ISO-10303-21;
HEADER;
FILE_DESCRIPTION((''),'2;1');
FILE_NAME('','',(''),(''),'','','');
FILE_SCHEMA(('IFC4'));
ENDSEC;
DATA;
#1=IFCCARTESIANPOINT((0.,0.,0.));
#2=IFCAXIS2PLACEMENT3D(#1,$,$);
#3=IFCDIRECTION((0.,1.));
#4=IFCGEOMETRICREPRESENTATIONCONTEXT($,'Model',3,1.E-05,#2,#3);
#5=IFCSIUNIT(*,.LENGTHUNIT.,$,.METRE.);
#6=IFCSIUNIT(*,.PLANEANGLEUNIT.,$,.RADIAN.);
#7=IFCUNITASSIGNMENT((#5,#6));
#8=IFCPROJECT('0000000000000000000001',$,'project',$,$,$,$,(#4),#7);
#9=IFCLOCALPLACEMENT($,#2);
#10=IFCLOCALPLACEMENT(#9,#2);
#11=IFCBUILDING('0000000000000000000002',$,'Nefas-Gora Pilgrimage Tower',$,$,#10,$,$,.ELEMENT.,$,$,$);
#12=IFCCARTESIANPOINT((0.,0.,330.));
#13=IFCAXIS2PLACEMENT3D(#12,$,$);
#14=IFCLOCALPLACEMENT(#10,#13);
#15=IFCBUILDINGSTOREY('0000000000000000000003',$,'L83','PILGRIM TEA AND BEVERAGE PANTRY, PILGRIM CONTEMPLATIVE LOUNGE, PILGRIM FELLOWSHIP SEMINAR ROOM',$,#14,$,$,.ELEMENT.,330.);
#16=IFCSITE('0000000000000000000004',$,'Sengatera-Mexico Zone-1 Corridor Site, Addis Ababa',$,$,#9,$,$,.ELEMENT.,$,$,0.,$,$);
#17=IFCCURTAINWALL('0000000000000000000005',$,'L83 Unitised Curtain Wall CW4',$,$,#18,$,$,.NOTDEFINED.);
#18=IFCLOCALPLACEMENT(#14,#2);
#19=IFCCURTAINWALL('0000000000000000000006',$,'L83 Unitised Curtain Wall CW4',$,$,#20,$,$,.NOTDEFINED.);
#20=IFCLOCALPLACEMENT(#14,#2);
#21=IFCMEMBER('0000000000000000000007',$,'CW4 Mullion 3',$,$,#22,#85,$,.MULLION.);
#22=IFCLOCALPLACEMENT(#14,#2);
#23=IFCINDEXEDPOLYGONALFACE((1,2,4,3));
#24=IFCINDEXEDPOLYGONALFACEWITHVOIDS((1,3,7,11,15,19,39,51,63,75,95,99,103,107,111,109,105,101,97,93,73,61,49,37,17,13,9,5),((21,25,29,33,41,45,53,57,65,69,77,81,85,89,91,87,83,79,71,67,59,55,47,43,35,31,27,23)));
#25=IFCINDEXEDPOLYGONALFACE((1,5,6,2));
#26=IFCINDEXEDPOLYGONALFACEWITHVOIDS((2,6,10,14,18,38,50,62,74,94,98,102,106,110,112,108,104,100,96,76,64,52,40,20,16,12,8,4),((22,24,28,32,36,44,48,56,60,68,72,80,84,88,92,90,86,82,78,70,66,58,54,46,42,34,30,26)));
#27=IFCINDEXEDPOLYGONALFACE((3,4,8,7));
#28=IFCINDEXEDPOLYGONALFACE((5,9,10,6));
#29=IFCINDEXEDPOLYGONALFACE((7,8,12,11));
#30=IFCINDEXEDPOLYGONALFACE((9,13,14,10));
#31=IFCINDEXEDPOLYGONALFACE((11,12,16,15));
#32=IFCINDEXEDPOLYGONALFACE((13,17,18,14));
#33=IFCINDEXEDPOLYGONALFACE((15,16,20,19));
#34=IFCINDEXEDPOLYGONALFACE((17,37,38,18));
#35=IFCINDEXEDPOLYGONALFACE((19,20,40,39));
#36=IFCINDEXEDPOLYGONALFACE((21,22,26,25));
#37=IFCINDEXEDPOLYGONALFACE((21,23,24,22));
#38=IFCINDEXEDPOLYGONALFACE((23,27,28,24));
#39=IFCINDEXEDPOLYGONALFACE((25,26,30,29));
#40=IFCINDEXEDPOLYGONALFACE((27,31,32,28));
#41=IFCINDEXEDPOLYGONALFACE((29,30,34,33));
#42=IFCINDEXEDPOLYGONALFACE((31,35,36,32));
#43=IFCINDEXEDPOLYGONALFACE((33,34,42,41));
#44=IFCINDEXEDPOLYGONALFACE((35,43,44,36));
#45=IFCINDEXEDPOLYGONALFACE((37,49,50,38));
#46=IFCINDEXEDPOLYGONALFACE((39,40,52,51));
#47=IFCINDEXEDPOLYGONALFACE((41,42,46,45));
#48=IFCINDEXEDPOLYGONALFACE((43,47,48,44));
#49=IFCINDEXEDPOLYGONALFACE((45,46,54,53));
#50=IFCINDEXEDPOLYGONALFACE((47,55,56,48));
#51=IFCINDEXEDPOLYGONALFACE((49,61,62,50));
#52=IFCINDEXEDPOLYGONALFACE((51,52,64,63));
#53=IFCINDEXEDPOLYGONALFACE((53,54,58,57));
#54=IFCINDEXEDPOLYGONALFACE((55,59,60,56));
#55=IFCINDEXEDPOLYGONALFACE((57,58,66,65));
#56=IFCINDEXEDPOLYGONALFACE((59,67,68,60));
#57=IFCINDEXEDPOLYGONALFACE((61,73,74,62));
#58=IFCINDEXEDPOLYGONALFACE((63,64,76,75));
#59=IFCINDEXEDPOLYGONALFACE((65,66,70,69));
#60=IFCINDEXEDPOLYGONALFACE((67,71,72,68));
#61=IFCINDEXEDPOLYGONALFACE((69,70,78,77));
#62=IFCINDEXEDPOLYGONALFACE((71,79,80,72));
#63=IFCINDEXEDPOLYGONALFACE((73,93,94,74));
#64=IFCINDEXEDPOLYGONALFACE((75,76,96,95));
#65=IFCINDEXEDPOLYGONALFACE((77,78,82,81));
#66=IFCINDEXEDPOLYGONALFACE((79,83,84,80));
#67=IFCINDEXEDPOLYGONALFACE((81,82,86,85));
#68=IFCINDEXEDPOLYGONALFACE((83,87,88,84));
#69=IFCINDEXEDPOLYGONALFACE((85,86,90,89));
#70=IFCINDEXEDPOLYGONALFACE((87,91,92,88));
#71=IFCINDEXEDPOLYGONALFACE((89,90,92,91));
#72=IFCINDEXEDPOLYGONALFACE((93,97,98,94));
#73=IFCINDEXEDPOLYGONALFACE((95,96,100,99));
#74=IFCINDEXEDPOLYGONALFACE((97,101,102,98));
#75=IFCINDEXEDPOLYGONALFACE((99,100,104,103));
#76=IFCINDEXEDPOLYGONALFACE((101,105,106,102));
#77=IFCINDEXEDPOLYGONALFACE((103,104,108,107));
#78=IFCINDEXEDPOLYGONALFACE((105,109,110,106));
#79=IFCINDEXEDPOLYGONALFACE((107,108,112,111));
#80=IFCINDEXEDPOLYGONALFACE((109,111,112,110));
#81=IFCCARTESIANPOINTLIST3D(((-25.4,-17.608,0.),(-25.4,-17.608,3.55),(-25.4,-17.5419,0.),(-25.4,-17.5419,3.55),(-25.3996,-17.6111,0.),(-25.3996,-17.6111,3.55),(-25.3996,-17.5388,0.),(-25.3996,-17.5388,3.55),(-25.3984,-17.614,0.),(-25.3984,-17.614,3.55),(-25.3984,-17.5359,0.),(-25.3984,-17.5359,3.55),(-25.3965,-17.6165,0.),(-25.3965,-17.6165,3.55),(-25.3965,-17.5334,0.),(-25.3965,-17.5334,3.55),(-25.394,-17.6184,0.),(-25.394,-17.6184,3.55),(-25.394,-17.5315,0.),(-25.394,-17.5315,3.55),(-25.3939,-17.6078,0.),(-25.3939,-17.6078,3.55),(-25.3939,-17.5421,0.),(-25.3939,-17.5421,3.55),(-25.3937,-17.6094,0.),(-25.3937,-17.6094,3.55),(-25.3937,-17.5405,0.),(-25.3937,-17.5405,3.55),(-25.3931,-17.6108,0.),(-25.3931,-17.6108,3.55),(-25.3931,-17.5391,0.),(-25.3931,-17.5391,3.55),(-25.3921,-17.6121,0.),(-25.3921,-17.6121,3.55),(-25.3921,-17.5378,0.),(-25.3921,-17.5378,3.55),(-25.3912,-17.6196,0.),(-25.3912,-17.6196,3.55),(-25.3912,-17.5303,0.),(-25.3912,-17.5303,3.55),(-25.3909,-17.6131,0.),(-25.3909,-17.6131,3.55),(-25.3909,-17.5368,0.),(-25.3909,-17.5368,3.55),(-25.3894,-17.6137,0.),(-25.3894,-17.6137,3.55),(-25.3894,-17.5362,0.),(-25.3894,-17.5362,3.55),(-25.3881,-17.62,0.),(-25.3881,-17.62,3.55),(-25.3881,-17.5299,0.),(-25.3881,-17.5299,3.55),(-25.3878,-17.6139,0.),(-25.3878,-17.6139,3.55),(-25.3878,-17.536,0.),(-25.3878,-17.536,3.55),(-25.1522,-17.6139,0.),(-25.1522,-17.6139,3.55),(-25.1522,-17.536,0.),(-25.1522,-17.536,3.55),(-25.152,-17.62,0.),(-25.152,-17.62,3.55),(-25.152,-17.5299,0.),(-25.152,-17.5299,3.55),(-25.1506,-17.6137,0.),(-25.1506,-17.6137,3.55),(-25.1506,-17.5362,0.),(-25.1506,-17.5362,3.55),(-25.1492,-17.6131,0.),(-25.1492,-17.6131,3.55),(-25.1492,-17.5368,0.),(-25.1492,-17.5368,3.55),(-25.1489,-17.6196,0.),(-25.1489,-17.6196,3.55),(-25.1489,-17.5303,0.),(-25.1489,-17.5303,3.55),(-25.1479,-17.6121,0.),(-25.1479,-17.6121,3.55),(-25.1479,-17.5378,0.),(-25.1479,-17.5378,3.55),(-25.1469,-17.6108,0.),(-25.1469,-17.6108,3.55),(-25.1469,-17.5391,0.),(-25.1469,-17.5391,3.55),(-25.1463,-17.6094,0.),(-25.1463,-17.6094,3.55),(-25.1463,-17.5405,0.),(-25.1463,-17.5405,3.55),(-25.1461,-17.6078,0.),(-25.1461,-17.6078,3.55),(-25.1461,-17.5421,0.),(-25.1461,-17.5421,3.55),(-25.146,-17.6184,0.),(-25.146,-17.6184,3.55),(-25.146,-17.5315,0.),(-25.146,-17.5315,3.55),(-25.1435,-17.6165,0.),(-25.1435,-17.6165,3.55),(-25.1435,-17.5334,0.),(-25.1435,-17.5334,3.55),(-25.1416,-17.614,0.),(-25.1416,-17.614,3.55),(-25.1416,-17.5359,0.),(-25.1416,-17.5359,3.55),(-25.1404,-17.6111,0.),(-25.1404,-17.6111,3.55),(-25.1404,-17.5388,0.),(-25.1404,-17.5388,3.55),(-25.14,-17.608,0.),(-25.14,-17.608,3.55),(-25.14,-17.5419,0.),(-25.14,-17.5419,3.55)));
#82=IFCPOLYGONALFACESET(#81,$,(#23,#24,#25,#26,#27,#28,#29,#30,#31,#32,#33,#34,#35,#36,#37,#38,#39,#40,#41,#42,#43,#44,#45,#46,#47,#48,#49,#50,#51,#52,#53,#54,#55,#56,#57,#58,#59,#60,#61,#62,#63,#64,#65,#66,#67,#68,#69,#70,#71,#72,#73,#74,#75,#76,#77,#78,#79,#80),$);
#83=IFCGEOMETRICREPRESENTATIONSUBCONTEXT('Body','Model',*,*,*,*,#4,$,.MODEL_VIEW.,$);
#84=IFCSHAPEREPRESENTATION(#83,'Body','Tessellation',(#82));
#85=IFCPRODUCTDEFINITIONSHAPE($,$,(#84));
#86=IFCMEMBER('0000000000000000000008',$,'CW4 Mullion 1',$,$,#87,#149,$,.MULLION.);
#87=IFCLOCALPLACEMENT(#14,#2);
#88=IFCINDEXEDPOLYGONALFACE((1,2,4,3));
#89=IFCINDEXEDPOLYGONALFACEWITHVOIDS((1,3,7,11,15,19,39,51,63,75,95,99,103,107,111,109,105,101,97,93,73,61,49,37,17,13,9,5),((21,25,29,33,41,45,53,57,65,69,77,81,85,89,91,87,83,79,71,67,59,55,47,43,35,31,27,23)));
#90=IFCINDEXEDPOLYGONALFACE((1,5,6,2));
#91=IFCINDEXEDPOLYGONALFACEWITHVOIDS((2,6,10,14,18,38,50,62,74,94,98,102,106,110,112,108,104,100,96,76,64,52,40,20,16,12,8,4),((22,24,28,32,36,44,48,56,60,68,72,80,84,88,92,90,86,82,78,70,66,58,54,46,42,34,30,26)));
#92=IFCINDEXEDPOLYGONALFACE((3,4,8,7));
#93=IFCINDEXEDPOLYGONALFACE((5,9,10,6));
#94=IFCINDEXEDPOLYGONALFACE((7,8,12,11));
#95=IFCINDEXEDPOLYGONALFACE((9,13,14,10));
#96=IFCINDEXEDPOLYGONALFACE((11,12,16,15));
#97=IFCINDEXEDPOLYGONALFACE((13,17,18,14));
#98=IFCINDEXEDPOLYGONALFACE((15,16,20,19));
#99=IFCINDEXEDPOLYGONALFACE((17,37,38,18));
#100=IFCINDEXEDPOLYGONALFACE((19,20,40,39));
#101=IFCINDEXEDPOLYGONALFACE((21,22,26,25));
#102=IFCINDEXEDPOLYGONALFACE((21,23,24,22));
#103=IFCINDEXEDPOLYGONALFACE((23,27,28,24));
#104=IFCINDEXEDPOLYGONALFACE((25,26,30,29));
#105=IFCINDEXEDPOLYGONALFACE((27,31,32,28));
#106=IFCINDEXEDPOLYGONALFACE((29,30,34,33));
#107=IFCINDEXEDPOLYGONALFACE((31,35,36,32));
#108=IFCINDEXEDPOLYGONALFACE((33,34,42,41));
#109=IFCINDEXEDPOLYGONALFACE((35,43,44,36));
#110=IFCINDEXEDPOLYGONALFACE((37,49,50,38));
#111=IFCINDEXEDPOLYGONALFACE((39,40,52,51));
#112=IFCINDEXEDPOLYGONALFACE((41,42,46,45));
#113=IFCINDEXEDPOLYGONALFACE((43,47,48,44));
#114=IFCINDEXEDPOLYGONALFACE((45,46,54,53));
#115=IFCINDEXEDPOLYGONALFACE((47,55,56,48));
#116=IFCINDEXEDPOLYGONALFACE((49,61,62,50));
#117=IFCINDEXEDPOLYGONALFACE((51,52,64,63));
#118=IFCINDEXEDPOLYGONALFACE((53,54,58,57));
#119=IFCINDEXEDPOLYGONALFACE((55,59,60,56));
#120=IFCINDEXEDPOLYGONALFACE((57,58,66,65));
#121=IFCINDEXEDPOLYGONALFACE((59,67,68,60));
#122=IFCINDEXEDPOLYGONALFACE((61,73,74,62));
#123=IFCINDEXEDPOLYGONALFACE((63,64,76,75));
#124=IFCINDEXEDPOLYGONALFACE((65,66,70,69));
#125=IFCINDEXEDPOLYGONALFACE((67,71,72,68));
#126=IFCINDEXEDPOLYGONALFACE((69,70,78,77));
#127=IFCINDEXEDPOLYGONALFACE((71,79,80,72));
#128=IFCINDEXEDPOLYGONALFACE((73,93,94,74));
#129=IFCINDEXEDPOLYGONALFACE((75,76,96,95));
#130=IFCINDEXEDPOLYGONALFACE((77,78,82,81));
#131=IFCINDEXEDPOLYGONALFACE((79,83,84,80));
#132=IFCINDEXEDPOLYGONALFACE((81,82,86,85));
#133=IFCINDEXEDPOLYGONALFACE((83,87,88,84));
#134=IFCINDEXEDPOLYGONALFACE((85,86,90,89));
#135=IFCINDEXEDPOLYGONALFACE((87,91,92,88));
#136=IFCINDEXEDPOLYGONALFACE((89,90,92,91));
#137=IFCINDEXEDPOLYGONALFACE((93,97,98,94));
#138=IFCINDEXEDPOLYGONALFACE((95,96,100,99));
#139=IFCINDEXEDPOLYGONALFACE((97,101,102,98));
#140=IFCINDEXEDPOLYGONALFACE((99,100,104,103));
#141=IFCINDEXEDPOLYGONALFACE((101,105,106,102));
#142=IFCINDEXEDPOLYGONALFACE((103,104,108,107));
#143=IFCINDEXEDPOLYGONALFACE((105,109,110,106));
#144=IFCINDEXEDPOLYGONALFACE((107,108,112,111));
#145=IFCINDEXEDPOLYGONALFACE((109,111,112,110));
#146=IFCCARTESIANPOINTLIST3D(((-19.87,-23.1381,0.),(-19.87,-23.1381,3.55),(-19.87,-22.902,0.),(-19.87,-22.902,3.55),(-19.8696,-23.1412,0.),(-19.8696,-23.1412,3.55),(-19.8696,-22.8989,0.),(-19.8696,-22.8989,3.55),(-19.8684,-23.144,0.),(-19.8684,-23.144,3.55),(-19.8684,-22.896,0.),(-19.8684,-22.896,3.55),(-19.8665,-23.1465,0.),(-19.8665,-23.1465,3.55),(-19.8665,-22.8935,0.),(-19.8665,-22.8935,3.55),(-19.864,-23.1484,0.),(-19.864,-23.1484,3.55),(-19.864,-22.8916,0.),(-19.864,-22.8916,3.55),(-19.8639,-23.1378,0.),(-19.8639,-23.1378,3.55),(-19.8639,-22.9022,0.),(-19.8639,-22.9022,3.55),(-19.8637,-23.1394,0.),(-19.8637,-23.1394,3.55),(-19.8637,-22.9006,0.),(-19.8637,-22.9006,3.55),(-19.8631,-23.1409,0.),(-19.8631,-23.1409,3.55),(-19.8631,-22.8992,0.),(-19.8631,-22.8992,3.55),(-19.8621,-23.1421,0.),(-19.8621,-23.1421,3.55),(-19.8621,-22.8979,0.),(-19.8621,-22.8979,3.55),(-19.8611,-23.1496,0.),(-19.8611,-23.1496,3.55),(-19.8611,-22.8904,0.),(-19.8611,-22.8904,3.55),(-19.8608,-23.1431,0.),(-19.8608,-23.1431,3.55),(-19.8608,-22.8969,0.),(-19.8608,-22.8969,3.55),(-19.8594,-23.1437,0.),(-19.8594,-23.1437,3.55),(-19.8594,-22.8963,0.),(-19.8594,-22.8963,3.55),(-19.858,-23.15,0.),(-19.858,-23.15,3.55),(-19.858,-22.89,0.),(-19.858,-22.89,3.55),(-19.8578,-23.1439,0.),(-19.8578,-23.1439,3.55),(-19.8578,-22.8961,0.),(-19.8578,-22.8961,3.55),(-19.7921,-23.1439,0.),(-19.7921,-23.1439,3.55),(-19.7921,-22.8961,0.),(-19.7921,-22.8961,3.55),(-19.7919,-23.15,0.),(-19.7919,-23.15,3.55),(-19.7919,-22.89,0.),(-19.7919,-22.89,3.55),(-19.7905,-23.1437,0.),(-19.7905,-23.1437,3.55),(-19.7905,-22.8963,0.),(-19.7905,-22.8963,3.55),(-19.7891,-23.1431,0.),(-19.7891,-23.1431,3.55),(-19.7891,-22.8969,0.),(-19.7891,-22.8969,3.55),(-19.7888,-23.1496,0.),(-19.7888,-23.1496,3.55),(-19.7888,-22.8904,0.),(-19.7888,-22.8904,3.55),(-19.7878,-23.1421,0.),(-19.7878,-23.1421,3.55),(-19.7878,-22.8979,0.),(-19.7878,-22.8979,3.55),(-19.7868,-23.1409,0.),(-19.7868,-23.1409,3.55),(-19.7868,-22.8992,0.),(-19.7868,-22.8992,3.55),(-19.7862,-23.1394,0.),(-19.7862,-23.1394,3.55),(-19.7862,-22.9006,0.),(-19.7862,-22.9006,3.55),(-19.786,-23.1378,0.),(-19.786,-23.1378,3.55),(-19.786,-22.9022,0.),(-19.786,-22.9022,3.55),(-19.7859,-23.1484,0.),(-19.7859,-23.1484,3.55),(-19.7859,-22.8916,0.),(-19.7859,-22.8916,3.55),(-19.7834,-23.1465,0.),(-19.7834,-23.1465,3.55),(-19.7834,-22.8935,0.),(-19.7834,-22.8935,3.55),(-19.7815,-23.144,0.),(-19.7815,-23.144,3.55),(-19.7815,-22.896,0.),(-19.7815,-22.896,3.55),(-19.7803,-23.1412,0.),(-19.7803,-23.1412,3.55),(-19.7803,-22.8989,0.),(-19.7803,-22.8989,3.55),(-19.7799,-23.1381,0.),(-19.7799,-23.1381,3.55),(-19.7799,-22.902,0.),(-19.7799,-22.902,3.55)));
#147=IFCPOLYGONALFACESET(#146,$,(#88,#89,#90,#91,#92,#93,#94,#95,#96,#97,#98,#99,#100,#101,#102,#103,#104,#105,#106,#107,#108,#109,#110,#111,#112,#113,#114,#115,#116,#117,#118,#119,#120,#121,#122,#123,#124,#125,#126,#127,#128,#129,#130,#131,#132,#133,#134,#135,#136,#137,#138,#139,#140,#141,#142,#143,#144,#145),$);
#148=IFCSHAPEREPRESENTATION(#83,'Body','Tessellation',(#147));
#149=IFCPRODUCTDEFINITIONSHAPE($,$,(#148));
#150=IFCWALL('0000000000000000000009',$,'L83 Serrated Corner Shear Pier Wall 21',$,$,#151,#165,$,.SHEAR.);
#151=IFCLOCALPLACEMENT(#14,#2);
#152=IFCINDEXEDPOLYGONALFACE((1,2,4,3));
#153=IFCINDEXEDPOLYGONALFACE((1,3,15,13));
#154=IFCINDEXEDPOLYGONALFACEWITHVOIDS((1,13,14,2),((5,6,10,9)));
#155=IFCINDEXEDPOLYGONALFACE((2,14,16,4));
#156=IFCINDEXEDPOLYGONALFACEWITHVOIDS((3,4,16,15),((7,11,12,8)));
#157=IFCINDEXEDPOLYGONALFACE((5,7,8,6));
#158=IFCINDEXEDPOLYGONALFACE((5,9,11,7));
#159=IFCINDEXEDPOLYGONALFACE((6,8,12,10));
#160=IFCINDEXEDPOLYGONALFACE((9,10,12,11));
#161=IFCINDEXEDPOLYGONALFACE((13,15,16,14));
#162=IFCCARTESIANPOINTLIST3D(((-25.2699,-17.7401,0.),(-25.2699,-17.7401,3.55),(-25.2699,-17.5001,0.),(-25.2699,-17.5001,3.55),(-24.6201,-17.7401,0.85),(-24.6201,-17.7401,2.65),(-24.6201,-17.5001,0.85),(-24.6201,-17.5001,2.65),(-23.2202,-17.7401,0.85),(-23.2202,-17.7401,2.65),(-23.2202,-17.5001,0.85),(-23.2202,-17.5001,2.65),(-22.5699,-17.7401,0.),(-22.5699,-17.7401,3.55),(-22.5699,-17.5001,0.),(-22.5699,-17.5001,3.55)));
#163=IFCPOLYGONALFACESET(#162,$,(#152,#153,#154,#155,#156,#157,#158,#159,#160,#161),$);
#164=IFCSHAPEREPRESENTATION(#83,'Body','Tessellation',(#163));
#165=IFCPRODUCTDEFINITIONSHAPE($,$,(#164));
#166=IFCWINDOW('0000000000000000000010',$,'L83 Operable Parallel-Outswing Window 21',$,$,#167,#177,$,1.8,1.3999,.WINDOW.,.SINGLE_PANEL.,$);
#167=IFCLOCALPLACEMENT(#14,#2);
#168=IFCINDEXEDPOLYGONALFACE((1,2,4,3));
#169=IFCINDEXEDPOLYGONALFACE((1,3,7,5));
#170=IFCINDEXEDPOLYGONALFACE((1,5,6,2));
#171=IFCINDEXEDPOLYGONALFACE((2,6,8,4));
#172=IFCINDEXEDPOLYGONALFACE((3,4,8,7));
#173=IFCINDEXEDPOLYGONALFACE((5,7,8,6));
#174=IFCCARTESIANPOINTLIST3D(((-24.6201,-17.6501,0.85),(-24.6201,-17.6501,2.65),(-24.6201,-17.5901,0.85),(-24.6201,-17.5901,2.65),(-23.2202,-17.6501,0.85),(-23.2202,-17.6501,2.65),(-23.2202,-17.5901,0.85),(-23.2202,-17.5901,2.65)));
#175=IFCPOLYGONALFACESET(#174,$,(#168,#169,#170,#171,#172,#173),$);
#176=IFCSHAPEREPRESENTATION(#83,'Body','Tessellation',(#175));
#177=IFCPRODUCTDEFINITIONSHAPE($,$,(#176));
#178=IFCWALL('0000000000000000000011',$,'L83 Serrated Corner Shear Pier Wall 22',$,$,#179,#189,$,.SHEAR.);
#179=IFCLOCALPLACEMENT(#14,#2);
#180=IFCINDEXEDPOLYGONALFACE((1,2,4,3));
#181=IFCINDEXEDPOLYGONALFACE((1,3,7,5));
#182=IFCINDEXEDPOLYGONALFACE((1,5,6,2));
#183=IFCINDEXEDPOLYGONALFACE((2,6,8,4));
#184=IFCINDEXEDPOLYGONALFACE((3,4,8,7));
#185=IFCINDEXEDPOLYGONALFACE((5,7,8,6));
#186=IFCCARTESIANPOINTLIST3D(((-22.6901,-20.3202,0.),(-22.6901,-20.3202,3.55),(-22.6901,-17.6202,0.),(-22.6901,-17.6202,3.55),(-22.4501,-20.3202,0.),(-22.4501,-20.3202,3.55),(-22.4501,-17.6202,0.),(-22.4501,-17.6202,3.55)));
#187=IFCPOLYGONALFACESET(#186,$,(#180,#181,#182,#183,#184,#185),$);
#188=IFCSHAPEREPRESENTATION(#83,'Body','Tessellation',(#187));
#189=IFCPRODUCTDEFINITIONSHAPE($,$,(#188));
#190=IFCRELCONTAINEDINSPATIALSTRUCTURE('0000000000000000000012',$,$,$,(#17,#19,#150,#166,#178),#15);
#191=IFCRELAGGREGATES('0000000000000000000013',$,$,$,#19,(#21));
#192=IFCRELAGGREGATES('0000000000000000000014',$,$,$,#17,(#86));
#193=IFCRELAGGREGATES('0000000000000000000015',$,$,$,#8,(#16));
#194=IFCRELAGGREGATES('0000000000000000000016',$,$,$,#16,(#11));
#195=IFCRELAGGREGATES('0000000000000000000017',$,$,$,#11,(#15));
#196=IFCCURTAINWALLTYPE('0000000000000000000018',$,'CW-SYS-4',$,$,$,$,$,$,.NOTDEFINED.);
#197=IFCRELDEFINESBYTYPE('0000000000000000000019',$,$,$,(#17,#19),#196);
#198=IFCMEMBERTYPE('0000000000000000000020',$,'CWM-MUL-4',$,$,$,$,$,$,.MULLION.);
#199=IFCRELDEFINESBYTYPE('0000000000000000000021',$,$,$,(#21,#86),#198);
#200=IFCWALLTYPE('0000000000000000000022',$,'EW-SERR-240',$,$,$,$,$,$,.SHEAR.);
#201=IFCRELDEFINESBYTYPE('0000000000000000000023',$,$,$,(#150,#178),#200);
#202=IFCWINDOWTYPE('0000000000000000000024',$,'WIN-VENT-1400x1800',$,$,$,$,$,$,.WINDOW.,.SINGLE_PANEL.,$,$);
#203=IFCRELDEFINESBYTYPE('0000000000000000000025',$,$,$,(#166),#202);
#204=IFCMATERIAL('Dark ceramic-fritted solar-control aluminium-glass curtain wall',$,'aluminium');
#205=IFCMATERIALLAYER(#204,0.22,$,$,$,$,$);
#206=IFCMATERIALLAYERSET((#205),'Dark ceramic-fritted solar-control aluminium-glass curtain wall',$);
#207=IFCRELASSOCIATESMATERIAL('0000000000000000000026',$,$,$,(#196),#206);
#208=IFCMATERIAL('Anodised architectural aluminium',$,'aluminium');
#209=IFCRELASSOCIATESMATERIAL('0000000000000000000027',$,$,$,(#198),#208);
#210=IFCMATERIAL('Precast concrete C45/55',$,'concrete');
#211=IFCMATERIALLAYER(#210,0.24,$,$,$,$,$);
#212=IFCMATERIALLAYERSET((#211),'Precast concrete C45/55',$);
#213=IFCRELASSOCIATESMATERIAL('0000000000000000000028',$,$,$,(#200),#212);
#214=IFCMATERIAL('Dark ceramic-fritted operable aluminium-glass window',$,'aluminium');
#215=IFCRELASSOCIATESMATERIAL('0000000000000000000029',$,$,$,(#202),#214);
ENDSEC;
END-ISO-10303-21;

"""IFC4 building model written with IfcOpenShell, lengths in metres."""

from ifc_helpers import new_model, si_unit, direction, frame, frame_2d, origin, origin_2d, place, context, subcontext, project, spatial, rectangle, hollow_rectangle, extrude, source, transform, mapped, material, layer, layer_set, material_profile, profile_set, type_object, element, fill, aggregate, save


model = new_model("IFC4")

# Units and contexts
model_context = context("Model", 3, precision=1e-05, world=origin(), true_north=direction((0.0, 1.0)))
body_context = subcontext(model_context, "Body", "Model", "MODEL_VIEW")
ifc_project = project(units=[si_unit("LENGTHUNIT", "METRE"), si_unit("PLANEANGLEUNIT", "RADIAN")], contexts=[model_context])

# Site, building, storey
site_placement = place(None, origin())
site = spatial("IfcSite", under=ifc_project, at=site_placement, Name="Sengatera-Mexico Zone-1 Corridor Site, Addis Ababa", CompositionType="ELEMENT", RefElevation=0.0)
building_placement = place(site_placement, origin())
building = spatial("IfcBuilding", under=site, at=building_placement, Name="Nefas-Gora Pilgrimage Tower", CompositionType="ELEMENT")
storey_placement = place(building_placement, frame((0.0, 0.0, 330.0)))
storey = spatial("IfcBuildingStorey", under=building, at=storey_placement, Name="L83", Description="PILGRIM TEA AND BEVERAGE PANTRY, PILGRIM CONTEMPLATIVE LOUNGE, PILGRIM FELLOWSHIP SEMINAR ROOM", CompositionType="ELEMENT", Elevation=330.0)

# Curtain walls, member
ifc_material_1 = material(Name="Dark ceramic-fritted solar-control aluminium-glass curtain wall", Category="aluminium")
ifc_layer_1 = layer(ifc_material_1, 0.22)
ifc_layer_set_1 = layer_set([ifc_layer_1], Name="Dark ceramic-fritted solar-control aluminium-glass curtain wall")
curtain_wall_type = type_object("IfcCurtainWallType", Name="CW-SYS-4", PredefinedType="NOTDEFINED", material=ifc_layer_set_1)
curtain_wall_1_placement = place(storey_placement, origin())
curtain_wall_1 = element("IfcCurtainWall", 1, at=curtain_wall_1_placement, inside=storey, type_object=curtain_wall_type, Name="L83 Unitised Curtain Wall CW4", PredefinedType="NOTDEFINED")
ifc_material_2 = material(Name="Anodised architectural aluminium", Category="aluminium")
curtain_wall_2_placement = place(storey_placement, origin())
curtain_wall_2 = element("IfcCurtainWall", 2, at=curtain_wall_2_placement, inside=storey, type_object=curtain_wall_type, Name="L83 Unitised Curtain Wall CW4", PredefinedType="NOTDEFINED")
ifc_material_profile_1 = material_profile(ifc_material_2, hollow_rectangle(XDim=0.0901, YDim=0.26, WallThickness=0.0061, InnerFilletRadius=0.0061, OuterFilletRadius=0.012, at=origin_2d()), Name="ALU MULLION 90x260")
ifc_profile_set_1 = profile_set([ifc_material_profile_1], Name="Anodised architectural aluminium")
member_type_1 = type_object("IfcMemberType", Name="CWM-MUL-4", PredefinedType="MULLION", material=ifc_profile_set_1)
shared_shape_1 = source(origin(), body_context, "Body", "SweptSolid", [
    extrude(hollow_rectangle(XDim=0.0901, YDim=0.26, WallThickness=0.0061, InnerFilletRadius=0.0061, OuterFilletRadius=0.012, at=origin_2d()), origin(), (0.0, 0.0, 1.0), 3.55),
])
member_1_placement = place(storey_placement, frame((-25.27, -17.575, 0.0), z_axis=(0.0, 0.0, 1.0), x_axis=(0.0, -1.0, 0.0)))
member_1 = element("IfcMember", 3, at=member_1_placement, type_object=member_type_1, Name="CW4 Mullion 3", PredefinedType="MULLION", context=body_context, shape_type="MappedRepresentation", body=[
    mapped(shared_shape_1, transform((0.0, 0.0, 0.0), x_axis=(1.0, 0.0, 0.0), y_axis=(0.0, 1.0, 0.0), z_axis=(0.0, 0.0, 1.0), scale=1.0)),
])
aggregate(curtain_wall_2, [member_1])

# Member
member_2_placement = place(storey_placement, frame((-19.825, -23.02, 0.0), z_axis=(0.0, 0.0, 1.0), x_axis=(1.0, 0.0, 0.0)))
member_2 = element("IfcMember", 4, at=member_2_placement, type_object=member_type_1, Name="CW4 Mullion 1", PredefinedType="MULLION", context=body_context, shape_type="MappedRepresentation", body=[
    mapped(shared_shape_1, transform((0.0, 0.0, 0.0), x_axis=(1.0, 0.0, 0.0), y_axis=(0.0, 1.0, 0.0), z_axis=(0.0, 0.0, 1.0), scale=1.0)),
])
aggregate(curtain_wall_1, [member_2])

# Wall, opening, window
ifc_material_3 = material(Name="Precast concrete C45/55", Category="concrete")
ifc_layer_2 = layer(ifc_material_3, 0.24)
ifc_layer_set_2 = layer_set([ifc_layer_2], Name="Precast concrete C45/55")
wall_type_1 = type_object("IfcWallType", Name="EW-SERR-240", PredefinedType="SHEAR", material=ifc_layer_set_2)
shared_shape_2 = source(origin(), body_context, "Body", "SweptSolid", [
    extrude(rectangle(XDim=2.7, YDim=0.24, at=frame_2d((1.3501, 0.0))), origin(), (0.0, 0.0, 1.0), 3.55),
])
wall_1_placement = place(storey_placement, frame((-25.27, -17.6201, 0.0), z_axis=(0.0, 0.0, 1.0), x_axis=(1.0, 0.0, 0.0)))
wall_1 = element("IfcWall", 5, at=wall_1_placement, inside=storey, type_object=wall_type_1, Name="L83 Serrated Corner Shear Pier Wall 21", PredefinedType="SHEAR", context=body_context, shape_type="MappedRepresentation", body=[
    mapped(shared_shape_2, transform((0.0, 0.0, 0.0), x_axis=(1.0, 0.0, 0.0), y_axis=(0.0, 1.0, 0.0), z_axis=(0.0, 0.0, 1.0), scale=1.0)),
])
opening_1_placement = place(wall_1_placement, frame((0.6499, 0.0, 0.8501)))
opening_1 = element("IfcOpeningElement", 6, at=opening_1_placement, cuts=wall_1, PredefinedType="OPENING", context=body_context, shape_type="SweptSolid", body=[
    extrude(rectangle(XDim=1.3999, YDim=1.8, at=frame_2d((0.7, 0.8999))), frame((0.0, 0.1299, 0.0), z_axis=(0.0, -1.0, 0.0), x_axis=(1.0, 0.0, 0.0)), (0.0, 0.0, 1.0), 0.26),
])
ifc_material_4 = material(Name="Dark ceramic-fritted operable aluminium-glass window", Category="aluminium")
window_type = type_object("IfcWindowType", Name="WIN-VENT-1400x1800", PartitioningType="SINGLE_PANEL", PredefinedType="WINDOW", material=ifc_material_4)
shared_shape_3 = source(origin(), body_context, "Body", "SweptSolid", [
    extrude(rectangle(XDim=1.3999, YDim=1.8, at=frame_2d((0.7, 0.8999))), frame((0.0, 0.03, 0.0), z_axis=(0.0, -1.0, 0.0), x_axis=(1.0, 0.0, 0.0)), (0.0, 0.0, 1.0), 0.0601),
])
window_placement = place(opening_1_placement, origin())
window = element("IfcWindow", 7, at=window_placement, inside=storey, type_object=window_type, Name="L83 Operable Parallel-Outswing Window 21", OverallHeight=1.8, OverallWidth=1.3999, PartitioningType="SINGLE_PANEL", PredefinedType="WINDOW", context=body_context, shape_type="MappedRepresentation", body=[
    mapped(shared_shape_3, transform((0.0, 0.0, 0.0), x_axis=(1.0, 0.0, 0.0), y_axis=(0.0, 1.0, 0.0), z_axis=(0.0, 0.0, 1.0), scale=1.0)),
])
fill(opening_1, window)

# Wall
for number, where, z_axis, x_axis, name in (
    (8, (-22.5701, -17.6201, 0.0), (0.0, 0.0, 1.0), (0.0, -1.0, 0.0), "L83 Serrated Corner Shear Pier Wall 22"),
):
    element("IfcWall", number, at=place(storey_placement, frame(where, z_axis=z_axis, x_axis=x_axis)), inside=storey, type_object=wall_type_1, Name=name, PredefinedType="SHEAR", context=body_context, shape_type="MappedRepresentation", body=[
        mapped(shared_shape_2, transform((0.0, 0.0, 0.0), x_axis=(1.0, 0.0, 0.0), y_axis=(0.0, 1.0, 0.0), z_axis=(0.0, 0.0, 1.0), scale=1.0)),
    ])

save(model, "model.ifc")
